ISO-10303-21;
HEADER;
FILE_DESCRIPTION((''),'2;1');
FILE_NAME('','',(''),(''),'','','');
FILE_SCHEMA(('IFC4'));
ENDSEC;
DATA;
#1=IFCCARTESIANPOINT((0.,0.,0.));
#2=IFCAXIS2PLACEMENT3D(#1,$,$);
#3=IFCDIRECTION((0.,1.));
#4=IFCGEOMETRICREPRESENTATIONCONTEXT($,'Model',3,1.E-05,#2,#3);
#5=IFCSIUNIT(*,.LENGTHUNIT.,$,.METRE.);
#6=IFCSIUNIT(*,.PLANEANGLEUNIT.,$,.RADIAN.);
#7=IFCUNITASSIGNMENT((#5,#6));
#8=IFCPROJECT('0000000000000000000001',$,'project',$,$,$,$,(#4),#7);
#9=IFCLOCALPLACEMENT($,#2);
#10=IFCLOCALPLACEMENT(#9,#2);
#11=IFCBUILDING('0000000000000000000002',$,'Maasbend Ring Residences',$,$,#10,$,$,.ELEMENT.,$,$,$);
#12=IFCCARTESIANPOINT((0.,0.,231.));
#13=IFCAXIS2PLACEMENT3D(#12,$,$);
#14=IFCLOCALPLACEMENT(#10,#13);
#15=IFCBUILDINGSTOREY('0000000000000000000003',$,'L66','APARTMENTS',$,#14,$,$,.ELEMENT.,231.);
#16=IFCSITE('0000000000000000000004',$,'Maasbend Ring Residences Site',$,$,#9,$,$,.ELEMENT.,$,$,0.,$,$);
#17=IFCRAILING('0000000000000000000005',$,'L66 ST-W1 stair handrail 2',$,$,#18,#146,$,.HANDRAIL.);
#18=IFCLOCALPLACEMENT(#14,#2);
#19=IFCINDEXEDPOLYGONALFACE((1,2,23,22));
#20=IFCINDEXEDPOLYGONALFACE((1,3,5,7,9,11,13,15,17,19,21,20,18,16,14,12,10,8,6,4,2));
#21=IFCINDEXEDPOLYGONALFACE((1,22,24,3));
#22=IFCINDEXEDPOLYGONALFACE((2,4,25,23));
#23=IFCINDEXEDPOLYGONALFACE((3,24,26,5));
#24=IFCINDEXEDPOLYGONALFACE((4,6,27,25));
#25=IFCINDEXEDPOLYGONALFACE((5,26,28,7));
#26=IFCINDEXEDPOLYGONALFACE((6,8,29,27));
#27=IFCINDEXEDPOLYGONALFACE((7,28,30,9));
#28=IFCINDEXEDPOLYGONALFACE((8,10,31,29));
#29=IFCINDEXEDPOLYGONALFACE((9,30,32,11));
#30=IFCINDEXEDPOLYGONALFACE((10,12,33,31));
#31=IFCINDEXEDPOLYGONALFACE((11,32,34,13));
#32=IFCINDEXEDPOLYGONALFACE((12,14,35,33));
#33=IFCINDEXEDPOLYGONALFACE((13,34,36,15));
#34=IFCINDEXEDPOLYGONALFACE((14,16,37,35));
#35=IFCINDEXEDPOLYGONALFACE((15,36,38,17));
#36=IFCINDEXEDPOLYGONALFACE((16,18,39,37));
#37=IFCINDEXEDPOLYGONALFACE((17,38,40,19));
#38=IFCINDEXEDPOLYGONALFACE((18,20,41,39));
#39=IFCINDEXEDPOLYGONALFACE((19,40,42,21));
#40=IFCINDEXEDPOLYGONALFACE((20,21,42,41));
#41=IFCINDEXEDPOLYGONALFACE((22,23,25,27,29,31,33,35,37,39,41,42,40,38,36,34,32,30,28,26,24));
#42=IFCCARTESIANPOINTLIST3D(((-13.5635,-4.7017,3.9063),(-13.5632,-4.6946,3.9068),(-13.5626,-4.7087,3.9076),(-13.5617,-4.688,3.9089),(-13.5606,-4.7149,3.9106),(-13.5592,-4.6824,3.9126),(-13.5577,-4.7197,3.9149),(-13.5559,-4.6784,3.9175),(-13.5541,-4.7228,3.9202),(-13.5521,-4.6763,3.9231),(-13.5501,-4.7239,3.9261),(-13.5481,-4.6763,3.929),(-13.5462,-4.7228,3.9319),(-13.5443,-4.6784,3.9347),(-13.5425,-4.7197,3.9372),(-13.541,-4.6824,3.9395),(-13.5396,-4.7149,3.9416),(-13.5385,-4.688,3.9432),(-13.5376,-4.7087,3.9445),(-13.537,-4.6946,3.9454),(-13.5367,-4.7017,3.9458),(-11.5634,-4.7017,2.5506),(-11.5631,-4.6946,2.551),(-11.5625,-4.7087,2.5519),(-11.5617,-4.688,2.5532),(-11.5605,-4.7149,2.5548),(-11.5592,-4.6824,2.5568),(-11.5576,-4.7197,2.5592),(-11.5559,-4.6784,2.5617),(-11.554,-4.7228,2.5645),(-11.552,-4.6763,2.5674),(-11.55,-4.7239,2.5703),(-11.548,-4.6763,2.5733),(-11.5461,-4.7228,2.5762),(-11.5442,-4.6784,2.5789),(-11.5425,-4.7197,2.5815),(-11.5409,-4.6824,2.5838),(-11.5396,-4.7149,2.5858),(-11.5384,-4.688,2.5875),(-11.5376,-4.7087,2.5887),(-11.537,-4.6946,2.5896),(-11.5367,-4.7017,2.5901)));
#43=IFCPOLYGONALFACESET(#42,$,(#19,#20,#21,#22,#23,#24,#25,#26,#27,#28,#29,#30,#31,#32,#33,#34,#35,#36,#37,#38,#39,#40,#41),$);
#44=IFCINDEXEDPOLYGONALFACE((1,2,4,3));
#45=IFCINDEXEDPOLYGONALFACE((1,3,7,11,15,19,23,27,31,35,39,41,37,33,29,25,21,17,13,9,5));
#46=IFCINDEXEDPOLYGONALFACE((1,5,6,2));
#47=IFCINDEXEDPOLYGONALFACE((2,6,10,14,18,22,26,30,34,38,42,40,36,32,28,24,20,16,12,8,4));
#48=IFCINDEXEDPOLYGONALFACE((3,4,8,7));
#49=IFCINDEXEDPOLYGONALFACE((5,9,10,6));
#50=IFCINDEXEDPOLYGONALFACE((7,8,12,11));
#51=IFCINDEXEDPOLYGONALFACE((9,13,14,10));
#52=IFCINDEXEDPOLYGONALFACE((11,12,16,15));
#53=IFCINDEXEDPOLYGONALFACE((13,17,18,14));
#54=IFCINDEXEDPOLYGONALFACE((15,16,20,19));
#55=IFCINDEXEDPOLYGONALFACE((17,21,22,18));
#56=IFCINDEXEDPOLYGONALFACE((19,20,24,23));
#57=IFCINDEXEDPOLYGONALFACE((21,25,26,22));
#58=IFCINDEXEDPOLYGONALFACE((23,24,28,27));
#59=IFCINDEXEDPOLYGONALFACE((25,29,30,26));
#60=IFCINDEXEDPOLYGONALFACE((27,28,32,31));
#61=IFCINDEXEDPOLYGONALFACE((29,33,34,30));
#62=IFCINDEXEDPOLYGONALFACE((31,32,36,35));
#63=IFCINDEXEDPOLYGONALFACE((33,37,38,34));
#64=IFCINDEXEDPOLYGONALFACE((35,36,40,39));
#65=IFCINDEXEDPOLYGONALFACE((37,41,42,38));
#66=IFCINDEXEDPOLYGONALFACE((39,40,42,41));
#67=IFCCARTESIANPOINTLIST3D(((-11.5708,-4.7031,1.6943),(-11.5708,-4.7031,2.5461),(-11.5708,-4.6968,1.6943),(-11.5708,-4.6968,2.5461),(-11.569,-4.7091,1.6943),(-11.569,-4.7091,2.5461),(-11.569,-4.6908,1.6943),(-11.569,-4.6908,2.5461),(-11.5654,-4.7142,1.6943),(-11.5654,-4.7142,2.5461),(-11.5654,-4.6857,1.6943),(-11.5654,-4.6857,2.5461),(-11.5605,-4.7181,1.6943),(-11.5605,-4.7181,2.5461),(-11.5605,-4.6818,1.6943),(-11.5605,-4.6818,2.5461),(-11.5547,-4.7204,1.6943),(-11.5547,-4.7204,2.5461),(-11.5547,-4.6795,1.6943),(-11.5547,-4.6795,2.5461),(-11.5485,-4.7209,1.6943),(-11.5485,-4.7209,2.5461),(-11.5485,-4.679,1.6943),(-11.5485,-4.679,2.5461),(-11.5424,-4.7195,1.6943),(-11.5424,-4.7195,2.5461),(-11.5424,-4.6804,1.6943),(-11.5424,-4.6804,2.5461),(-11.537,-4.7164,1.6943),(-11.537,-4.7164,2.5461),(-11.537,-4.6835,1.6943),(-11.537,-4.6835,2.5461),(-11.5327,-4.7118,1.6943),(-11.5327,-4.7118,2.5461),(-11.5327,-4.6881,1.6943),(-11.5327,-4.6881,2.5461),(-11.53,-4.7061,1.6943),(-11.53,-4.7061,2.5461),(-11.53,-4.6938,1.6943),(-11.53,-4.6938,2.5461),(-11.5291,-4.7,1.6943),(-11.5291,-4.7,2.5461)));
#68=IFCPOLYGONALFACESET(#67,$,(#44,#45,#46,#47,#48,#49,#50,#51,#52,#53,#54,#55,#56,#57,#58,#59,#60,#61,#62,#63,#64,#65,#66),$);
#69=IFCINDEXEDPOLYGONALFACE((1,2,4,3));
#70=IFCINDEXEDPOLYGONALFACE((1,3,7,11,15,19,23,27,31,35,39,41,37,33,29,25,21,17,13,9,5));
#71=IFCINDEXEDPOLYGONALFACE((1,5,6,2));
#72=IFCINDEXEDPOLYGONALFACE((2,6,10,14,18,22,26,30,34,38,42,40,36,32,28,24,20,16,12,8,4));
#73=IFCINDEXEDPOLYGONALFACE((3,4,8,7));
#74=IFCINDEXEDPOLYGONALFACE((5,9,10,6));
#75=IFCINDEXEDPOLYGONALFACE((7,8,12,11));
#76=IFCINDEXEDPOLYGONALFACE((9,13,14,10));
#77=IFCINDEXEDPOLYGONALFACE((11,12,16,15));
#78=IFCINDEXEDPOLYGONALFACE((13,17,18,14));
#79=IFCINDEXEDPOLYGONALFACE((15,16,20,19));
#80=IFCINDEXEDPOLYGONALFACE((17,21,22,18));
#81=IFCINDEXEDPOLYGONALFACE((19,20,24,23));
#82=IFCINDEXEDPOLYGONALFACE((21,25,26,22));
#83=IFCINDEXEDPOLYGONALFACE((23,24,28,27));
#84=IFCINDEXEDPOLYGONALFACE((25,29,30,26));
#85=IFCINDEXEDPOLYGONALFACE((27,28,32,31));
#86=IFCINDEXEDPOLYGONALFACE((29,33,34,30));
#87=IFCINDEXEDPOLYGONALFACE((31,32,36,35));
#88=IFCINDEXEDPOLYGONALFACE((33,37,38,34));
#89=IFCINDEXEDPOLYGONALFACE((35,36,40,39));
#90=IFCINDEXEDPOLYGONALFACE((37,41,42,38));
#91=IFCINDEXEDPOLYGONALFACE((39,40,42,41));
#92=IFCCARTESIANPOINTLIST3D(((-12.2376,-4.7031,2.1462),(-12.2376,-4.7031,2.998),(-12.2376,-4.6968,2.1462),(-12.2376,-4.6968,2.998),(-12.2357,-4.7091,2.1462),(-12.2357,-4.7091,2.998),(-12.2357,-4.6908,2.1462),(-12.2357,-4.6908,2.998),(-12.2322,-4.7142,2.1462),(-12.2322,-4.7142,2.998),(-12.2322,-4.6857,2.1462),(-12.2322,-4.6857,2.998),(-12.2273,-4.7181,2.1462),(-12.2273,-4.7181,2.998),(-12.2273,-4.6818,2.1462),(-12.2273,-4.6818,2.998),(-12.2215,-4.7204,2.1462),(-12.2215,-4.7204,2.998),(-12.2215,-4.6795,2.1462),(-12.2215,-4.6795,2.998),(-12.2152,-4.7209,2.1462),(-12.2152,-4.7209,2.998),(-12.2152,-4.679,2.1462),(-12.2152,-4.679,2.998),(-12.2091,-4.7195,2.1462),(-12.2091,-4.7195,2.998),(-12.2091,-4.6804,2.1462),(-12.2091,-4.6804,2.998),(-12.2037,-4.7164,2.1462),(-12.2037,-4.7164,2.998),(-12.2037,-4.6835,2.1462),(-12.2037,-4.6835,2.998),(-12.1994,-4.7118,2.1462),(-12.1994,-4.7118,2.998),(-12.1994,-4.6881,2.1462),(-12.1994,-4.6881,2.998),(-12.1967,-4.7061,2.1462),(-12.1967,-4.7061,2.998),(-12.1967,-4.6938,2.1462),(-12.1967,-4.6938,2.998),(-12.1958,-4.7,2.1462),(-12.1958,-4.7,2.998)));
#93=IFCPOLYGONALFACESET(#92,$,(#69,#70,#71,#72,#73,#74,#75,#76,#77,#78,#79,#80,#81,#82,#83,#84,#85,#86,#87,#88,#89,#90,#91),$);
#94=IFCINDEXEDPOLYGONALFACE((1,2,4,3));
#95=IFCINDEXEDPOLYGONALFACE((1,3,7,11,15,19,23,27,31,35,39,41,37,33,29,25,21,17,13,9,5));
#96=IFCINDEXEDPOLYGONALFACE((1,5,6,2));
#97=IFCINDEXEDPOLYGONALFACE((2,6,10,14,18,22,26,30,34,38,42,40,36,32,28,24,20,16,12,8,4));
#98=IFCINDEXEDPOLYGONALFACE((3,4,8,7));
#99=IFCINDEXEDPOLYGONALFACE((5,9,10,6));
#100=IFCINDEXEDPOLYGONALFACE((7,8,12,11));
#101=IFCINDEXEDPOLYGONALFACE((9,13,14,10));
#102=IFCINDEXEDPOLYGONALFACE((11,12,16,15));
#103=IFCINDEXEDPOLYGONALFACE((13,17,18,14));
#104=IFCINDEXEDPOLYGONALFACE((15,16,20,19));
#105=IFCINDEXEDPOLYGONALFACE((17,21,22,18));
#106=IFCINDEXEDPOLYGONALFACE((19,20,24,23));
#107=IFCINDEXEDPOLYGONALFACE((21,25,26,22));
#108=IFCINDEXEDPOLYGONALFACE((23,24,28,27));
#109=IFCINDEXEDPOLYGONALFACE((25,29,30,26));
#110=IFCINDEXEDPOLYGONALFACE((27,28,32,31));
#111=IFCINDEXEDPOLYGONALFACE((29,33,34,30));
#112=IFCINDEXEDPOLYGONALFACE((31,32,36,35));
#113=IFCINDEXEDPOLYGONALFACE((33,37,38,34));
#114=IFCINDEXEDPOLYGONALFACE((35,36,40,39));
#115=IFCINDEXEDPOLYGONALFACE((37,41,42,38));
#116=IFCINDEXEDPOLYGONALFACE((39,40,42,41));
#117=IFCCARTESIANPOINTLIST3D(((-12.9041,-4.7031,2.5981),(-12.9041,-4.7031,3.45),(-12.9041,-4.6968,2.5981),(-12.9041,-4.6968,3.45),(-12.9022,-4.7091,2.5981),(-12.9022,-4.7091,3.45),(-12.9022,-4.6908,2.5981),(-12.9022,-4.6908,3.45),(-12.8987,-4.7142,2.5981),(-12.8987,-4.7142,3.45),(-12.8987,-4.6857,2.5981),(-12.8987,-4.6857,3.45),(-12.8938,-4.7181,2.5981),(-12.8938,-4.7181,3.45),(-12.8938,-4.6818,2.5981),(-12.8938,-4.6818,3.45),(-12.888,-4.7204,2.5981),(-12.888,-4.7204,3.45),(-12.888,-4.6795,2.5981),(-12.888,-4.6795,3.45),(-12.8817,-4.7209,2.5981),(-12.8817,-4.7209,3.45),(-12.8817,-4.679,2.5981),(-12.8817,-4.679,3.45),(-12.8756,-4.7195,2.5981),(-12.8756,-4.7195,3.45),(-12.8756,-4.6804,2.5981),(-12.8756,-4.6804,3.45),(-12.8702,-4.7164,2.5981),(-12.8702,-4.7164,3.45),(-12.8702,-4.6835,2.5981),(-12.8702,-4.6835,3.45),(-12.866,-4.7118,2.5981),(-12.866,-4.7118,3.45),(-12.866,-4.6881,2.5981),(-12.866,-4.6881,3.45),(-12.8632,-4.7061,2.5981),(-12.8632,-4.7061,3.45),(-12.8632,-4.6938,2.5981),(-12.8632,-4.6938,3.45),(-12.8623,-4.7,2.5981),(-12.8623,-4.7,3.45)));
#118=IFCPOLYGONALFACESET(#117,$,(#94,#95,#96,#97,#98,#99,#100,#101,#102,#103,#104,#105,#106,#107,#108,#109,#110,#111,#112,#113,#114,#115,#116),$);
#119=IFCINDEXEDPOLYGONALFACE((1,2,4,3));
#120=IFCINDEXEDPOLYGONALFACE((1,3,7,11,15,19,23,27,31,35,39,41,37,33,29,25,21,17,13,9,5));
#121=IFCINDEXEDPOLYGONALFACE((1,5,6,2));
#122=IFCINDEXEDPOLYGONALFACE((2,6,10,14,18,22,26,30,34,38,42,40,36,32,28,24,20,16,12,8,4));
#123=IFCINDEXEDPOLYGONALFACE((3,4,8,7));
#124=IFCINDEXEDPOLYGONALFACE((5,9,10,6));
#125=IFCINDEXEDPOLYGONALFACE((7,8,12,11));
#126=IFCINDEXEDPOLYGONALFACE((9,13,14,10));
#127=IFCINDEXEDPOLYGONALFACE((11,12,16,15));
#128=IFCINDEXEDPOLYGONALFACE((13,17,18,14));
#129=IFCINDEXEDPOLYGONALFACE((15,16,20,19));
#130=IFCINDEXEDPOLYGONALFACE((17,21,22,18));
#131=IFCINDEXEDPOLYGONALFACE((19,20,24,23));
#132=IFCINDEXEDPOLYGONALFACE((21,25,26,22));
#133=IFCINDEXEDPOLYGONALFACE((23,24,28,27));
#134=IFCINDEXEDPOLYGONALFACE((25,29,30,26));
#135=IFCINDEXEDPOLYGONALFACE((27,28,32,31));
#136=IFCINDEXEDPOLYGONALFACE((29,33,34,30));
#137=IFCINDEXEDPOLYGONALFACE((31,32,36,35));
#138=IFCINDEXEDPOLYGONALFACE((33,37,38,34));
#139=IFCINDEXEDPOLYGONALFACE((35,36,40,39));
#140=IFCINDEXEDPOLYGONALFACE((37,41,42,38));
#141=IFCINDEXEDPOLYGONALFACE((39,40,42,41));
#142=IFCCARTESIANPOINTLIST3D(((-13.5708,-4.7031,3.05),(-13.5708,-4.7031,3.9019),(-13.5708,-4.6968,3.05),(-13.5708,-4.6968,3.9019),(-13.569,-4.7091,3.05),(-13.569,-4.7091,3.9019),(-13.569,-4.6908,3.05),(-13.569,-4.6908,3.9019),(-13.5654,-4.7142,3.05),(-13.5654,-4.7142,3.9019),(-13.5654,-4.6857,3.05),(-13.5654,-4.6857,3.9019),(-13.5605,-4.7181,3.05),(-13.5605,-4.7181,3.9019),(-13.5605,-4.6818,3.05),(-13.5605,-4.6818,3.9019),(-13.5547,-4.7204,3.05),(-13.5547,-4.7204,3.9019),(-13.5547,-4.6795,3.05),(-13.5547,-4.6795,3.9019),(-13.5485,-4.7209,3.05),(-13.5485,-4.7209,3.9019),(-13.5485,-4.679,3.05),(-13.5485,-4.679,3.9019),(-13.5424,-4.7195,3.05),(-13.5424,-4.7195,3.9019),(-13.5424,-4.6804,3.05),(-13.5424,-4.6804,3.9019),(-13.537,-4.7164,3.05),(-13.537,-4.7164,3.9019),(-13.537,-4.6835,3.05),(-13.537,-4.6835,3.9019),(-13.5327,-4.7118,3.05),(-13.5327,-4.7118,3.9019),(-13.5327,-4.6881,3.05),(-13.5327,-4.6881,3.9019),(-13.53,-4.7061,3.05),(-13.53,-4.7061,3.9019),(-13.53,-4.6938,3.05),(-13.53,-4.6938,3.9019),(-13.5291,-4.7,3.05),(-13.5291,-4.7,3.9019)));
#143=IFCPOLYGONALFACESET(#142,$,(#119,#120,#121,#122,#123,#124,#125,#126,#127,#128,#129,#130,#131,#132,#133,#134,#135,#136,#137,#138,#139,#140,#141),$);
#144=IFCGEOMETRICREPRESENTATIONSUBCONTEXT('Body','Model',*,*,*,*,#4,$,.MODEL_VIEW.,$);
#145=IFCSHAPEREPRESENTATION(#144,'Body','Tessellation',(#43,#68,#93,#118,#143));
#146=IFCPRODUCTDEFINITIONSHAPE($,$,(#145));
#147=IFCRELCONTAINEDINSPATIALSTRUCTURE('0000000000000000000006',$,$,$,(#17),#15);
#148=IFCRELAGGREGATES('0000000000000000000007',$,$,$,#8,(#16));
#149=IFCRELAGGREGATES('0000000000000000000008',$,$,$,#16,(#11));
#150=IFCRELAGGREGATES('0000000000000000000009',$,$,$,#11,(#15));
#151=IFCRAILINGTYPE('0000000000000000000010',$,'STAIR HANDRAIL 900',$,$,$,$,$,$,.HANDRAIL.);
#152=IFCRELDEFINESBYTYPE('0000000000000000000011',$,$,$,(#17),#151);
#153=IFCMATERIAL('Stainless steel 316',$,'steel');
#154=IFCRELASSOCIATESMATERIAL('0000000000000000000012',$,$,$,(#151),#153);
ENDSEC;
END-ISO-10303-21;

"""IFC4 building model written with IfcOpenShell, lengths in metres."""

from ifc_helpers import new_model, si_unit, direction, frame, origin, origin_2d, place, context, subcontext, project, spatial, circle, extrude, material, type_object, element, save


model = new_model("IFC4")

# Units and contexts
model_context = context("Model", 3, precision=1e-05, world=origin(), true_north=direction((0.0, 1.0)))
body_context = subcontext(model_context, "Body", "Model", "MODEL_VIEW")
ifc_project = project(units=[si_unit("LENGTHUNIT", "METRE"), si_unit("PLANEANGLEUNIT", "RADIAN")], contexts=[model_context])

# Site, building, storey
site_placement = place(None, origin())
site = spatial("IfcSite", under=ifc_project, at=site_placement, Name="Maasbend Ring Residences Site", CompositionType="ELEMENT", RefElevation=0.0)
building_placement = place(site_placement, origin())
building = spatial("IfcBuilding", under=site, at=building_placement, Name="Maasbend Ring Residences", CompositionType="ELEMENT")
storey_placement = place(building_placement, frame((0.0, 0.0, 231.0)))
storey = spatial("IfcBuildingStorey", under=building, at=storey_placement, Name="L66", Description="APARTMENTS", CompositionType="ELEMENT", Elevation=231.0)

# Railing
ifc_material_1 = material(Name="Stainless steel 316", Category="steel")
railing_type_1 = type_object("IfcRailingType", Name="STAIR HANDRAIL 900", PredefinedType="HANDRAIL", material=ifc_material_1)
railing_1_placement = place(storey_placement, frame((-11.55, -4.7, 1.6943)))
element("IfcRailing", 1, at=railing_1_placement, inside=storey, type_object=railing_type_1, Name="L66 ST-W1 stair handrail 2", PredefinedType="HANDRAIL", context=body_context, shape_type="SweptSolid", body=[
    extrude(circle(Radius=0.0239, at=origin_2d()), frame((0.0, 0.0, 0.876), z_axis=(-0.827751, 0.0, 0.561096), x_axis=(0.0, -1.0, 0.0)), (0.0, 0.0, 1.0), 2.4163),
    extrude(circle(Radius=0.021, at=origin_2d()), origin(), (0.0, 0.0, 1.0), 0.8518),
    extrude(circle(Radius=0.021, at=origin_2d()), frame((-0.6667, 0.0, 0.4519)), (0.0, 0.0, 1.0), 0.8518),
    extrude(circle(Radius=0.021, at=origin_2d()), frame((-1.3333, 0.0, 0.9038)), (0.0, 0.0, 1.0), 0.8518),
    extrude(circle(Radius=0.021, at=origin_2d()), frame((-2.0, 0.0, 1.3557)), (0.0, 0.0, 1.0), 0.8518),
])

save(model, "model.ifc")
